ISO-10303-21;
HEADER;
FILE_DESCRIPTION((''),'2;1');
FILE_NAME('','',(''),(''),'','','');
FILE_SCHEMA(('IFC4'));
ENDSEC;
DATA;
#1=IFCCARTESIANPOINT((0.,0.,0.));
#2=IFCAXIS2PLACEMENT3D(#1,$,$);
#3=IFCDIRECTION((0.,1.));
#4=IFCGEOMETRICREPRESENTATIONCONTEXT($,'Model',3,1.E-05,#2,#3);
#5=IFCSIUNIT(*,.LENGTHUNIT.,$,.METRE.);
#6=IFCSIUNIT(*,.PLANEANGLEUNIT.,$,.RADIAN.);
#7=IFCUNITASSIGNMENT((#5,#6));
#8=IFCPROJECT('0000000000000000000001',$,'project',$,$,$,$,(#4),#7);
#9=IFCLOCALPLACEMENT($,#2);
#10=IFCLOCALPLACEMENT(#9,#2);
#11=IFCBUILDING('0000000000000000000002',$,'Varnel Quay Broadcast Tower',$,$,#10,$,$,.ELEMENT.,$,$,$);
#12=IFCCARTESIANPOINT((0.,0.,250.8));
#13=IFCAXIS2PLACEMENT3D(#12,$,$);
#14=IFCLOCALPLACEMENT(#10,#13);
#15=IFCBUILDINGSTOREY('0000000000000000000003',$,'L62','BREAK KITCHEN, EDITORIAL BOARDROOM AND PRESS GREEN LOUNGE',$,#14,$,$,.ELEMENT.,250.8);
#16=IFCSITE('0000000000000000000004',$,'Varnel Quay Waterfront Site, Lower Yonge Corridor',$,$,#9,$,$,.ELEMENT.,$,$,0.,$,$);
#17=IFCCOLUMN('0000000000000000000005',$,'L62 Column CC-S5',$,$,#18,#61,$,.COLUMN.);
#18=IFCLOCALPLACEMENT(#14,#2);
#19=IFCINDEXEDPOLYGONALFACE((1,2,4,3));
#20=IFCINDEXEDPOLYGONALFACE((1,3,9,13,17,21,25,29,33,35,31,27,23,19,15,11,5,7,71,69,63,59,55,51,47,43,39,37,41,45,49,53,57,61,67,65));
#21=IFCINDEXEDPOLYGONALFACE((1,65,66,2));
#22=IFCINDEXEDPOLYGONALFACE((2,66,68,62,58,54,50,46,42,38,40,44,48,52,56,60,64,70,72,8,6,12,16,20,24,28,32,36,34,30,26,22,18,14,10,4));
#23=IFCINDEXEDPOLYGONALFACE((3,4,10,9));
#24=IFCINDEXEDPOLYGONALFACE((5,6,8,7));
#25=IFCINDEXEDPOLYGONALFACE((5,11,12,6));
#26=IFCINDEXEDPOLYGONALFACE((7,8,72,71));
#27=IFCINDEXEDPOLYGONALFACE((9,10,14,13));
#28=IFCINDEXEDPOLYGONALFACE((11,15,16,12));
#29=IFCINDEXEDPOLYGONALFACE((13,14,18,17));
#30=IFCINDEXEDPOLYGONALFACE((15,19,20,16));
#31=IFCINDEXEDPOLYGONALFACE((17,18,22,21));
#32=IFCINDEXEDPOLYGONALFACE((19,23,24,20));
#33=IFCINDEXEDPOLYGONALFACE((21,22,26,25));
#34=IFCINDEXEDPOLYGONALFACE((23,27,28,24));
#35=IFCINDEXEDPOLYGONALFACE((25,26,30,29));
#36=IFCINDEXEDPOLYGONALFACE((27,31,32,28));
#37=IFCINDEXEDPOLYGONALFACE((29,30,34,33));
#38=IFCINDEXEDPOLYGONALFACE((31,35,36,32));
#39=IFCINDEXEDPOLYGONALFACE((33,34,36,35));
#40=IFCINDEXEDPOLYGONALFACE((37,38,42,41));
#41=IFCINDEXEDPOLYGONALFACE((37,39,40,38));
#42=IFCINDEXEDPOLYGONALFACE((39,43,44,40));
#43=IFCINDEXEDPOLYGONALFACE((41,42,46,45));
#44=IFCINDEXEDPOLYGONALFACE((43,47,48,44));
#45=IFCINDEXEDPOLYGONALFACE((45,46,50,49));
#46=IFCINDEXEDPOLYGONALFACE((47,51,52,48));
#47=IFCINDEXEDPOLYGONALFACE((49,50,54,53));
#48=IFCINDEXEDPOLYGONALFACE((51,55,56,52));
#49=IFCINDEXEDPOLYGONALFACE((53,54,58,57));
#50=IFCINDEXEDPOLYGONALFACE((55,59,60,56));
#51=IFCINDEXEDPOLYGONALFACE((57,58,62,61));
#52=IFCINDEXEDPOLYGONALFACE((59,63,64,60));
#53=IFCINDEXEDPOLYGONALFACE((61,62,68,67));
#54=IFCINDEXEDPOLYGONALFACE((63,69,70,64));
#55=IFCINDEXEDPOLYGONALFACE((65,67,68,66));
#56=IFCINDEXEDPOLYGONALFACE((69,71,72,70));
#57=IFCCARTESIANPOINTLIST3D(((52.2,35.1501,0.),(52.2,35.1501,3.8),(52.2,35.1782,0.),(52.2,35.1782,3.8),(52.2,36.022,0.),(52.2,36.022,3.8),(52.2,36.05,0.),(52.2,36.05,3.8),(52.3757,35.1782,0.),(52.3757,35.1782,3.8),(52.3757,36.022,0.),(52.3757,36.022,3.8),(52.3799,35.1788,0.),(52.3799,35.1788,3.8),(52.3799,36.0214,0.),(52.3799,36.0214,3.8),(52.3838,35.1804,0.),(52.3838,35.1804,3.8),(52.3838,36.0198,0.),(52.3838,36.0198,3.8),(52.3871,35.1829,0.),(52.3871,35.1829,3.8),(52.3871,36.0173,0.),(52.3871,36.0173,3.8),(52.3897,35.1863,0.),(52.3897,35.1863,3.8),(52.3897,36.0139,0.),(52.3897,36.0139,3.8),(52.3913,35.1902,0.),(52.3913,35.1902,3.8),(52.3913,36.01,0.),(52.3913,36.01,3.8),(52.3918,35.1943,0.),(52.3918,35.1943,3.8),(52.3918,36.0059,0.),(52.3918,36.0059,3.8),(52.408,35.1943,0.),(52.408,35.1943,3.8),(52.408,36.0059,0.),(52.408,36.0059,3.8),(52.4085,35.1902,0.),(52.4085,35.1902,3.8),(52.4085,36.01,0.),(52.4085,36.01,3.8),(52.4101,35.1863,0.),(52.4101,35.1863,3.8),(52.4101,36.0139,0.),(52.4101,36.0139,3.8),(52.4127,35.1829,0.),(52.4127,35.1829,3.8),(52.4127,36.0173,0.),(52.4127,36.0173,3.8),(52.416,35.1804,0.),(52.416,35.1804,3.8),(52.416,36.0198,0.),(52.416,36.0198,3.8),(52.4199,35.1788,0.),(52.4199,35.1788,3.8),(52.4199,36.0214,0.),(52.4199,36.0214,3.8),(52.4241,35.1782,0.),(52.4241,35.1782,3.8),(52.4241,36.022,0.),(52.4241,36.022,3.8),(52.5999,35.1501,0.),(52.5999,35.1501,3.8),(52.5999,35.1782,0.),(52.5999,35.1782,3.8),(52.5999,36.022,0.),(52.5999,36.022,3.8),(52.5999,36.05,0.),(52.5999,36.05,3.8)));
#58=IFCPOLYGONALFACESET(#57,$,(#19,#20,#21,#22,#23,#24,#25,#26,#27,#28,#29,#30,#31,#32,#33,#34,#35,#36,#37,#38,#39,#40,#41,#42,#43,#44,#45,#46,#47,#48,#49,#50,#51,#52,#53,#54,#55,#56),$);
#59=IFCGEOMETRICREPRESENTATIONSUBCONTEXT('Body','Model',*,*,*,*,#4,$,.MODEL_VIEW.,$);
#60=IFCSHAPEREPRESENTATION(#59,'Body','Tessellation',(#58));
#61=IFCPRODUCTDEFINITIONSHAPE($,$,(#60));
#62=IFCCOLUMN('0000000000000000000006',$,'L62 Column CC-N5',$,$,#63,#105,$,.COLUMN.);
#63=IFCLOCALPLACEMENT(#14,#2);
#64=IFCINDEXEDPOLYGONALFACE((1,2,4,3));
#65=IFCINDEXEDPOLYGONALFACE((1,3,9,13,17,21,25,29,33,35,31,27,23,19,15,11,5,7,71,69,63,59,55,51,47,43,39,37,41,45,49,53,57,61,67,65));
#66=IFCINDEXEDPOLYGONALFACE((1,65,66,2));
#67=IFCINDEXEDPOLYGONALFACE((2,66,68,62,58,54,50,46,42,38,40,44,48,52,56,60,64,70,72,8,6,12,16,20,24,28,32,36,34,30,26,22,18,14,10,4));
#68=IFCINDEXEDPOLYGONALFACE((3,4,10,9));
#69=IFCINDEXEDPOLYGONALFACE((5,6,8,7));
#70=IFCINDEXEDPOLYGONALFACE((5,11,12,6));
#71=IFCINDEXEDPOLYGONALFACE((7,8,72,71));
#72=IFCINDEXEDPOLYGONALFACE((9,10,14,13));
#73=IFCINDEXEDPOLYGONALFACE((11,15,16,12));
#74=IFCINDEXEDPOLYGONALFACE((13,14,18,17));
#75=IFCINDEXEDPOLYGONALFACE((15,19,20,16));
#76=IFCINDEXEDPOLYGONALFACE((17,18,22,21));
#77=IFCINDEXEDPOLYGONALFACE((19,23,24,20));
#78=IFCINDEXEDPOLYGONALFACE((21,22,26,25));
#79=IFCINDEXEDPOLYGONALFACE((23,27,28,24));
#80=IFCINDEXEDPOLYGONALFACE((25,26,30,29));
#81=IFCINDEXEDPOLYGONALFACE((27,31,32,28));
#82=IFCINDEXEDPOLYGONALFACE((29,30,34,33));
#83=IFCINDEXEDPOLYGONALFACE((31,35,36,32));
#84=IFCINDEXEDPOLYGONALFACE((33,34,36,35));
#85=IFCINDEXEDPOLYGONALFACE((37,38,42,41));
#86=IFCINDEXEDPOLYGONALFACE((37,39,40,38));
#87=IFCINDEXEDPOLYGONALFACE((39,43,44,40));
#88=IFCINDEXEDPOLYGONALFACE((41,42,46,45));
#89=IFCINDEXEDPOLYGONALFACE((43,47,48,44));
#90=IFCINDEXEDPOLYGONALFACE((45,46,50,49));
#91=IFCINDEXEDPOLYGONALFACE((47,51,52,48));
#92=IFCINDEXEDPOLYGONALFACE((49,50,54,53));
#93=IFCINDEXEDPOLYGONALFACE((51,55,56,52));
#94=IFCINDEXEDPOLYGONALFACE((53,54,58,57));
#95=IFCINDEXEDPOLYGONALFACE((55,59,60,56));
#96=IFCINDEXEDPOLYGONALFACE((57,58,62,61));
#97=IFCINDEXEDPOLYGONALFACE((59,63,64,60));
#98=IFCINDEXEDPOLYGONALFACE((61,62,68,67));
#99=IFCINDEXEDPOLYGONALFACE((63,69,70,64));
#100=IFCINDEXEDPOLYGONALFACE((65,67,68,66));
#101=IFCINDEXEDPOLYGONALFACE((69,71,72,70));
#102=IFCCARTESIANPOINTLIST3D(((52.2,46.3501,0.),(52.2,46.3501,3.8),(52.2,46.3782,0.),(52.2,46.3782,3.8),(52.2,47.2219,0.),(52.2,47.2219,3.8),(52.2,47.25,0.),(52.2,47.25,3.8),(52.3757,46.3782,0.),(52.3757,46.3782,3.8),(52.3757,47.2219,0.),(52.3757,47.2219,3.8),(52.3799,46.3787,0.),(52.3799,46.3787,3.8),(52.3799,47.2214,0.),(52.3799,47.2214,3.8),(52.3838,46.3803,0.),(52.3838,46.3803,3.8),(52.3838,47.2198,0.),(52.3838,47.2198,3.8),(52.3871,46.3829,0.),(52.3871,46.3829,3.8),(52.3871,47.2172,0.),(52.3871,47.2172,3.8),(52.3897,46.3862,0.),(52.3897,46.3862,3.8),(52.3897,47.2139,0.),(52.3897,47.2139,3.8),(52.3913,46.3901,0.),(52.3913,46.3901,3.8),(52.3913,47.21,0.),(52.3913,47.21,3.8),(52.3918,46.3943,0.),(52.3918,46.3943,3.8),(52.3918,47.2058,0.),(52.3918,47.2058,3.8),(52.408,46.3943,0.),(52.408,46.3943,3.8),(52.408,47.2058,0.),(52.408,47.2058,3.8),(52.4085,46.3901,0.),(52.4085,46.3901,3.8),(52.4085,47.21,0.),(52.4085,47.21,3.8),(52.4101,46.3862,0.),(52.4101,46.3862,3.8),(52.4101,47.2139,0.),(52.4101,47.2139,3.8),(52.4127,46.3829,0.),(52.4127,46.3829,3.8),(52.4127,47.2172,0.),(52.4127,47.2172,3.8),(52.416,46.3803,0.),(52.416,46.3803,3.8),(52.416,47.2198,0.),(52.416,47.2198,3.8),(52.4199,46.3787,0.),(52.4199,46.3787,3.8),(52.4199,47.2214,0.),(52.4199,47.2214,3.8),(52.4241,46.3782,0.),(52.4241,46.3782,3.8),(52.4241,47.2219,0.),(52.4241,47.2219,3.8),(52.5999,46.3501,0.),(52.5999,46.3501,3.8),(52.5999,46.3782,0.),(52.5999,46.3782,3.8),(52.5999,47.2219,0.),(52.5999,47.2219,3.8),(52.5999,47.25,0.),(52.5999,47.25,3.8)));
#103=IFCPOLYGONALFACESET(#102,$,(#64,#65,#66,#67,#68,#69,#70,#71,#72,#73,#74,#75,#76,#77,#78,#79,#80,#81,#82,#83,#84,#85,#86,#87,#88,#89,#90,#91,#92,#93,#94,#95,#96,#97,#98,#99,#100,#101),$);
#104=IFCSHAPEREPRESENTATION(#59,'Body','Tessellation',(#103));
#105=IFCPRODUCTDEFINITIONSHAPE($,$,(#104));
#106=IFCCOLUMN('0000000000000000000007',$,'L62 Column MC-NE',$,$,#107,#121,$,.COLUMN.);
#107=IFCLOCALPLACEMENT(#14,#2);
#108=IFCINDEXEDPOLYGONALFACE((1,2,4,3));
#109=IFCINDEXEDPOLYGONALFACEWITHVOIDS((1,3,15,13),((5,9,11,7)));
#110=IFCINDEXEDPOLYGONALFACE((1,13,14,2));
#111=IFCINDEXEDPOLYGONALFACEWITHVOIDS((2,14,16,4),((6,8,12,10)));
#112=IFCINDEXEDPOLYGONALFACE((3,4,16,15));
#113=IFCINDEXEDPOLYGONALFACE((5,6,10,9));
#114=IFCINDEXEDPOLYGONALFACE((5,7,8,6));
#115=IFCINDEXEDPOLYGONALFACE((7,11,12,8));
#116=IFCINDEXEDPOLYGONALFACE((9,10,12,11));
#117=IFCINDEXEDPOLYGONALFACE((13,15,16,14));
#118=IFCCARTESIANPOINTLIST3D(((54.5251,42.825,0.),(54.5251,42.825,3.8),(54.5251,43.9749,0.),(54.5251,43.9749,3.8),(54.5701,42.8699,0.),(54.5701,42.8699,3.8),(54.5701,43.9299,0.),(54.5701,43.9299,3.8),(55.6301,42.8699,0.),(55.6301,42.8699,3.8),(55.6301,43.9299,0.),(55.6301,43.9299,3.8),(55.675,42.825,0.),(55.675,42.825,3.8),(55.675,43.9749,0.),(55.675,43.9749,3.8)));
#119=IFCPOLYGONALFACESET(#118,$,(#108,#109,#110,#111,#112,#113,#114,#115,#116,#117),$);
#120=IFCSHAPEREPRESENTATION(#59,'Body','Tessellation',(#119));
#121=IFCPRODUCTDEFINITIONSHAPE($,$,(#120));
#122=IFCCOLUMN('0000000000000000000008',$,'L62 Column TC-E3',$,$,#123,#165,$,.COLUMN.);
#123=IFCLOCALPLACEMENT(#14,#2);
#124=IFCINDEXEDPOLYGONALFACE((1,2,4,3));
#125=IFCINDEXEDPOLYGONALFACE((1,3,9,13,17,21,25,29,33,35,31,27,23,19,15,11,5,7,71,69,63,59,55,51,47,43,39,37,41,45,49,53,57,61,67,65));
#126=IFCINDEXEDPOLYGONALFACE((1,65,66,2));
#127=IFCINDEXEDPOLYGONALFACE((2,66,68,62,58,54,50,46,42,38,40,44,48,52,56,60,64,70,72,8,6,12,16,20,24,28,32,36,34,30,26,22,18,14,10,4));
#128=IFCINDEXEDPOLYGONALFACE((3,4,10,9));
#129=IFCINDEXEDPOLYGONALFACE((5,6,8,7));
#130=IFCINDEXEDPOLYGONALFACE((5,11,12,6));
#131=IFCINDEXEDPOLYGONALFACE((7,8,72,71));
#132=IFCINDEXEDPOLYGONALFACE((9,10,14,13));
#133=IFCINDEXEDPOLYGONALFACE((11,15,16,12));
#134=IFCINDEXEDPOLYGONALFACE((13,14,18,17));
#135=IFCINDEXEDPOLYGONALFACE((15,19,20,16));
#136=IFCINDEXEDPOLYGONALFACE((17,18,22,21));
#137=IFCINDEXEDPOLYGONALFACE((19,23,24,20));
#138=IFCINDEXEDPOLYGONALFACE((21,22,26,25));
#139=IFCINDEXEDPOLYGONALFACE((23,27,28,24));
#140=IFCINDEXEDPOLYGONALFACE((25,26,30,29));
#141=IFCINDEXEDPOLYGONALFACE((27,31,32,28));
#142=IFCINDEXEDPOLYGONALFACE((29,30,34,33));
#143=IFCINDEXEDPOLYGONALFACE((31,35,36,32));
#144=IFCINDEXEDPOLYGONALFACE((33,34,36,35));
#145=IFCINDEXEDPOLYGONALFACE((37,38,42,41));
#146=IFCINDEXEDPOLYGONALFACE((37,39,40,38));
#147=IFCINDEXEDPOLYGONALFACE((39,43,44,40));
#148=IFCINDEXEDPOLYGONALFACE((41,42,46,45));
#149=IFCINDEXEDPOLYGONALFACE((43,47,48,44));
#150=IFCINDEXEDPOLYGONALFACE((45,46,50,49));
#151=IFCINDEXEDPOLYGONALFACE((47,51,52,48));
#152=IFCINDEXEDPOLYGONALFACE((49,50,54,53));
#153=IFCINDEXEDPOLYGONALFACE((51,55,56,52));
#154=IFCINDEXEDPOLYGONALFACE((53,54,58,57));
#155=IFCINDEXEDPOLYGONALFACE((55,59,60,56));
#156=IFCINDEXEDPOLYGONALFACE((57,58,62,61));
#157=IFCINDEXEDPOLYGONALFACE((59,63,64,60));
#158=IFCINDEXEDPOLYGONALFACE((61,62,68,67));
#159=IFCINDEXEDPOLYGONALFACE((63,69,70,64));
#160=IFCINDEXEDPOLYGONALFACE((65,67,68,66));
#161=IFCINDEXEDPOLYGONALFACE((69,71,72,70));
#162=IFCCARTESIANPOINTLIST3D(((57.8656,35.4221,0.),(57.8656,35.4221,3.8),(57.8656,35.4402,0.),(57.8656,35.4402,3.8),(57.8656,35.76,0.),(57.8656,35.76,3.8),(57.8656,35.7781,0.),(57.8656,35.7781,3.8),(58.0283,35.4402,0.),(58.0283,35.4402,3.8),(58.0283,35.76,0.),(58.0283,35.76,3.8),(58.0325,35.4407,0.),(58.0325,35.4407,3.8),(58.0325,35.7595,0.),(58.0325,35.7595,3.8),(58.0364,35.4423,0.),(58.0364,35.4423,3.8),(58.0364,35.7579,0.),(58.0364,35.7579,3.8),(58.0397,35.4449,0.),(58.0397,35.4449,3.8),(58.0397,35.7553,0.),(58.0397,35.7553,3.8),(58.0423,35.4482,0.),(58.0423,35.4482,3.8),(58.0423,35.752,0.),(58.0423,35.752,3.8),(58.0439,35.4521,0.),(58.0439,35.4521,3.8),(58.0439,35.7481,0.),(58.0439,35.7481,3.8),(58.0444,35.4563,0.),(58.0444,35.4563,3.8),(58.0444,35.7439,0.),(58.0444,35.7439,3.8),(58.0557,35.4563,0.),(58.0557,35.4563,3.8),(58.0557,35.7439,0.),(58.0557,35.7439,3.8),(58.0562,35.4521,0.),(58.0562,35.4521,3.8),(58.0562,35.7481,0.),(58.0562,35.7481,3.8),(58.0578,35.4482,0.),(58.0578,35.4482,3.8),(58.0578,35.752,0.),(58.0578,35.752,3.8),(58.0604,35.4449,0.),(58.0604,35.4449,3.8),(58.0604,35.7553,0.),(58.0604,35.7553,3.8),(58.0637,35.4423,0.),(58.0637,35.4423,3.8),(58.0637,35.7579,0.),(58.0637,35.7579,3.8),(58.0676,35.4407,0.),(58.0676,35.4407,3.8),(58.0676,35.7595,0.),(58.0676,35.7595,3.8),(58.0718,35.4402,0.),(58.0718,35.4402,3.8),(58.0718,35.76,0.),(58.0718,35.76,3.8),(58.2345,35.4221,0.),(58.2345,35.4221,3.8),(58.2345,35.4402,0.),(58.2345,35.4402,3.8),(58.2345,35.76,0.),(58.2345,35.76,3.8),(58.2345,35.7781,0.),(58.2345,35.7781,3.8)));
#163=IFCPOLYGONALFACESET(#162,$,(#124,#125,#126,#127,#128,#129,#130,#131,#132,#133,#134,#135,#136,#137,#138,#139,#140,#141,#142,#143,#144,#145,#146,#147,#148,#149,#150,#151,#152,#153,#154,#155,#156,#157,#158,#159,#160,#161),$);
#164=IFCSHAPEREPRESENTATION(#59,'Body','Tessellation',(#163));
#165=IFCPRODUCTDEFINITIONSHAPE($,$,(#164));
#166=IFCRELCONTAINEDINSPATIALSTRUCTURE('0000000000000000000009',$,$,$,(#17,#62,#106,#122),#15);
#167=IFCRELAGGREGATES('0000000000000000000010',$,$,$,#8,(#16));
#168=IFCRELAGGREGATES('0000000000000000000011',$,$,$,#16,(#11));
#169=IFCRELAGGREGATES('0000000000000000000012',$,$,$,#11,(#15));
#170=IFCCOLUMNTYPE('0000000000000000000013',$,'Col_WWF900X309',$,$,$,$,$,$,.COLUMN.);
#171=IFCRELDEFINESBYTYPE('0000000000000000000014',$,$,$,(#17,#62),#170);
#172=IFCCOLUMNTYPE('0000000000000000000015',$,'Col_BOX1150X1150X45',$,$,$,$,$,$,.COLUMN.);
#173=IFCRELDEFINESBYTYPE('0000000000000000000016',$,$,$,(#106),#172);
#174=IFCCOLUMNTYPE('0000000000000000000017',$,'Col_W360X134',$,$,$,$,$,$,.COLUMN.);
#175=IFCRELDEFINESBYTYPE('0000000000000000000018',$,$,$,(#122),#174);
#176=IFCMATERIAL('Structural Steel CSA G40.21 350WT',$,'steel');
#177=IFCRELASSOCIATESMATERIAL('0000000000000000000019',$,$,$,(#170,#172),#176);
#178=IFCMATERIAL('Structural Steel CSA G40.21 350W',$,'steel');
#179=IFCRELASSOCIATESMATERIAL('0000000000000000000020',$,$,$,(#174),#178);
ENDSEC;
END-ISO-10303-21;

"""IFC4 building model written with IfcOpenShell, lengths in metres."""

from ifc_helpers import new_model, si_unit, direction, frame, origin, origin_2d, place, context, subcontext, project, spatial, hollow_rectangle, i_section, extrude, source, transform, mapped, material, material_profile, profile_set, type_object, type_shapes, element, save


model = new_model("IFC4")

# Units and contexts
model_context = context("Model", 3, precision=1e-05, world=origin(), true_north=direction((0.0, 1.0)))
body_context = subcontext(model_context, "Body", "Model", "MODEL_VIEW")
ifc_project = project(units=[si_unit("LENGTHUNIT", "METRE"), si_unit("PLANEANGLEUNIT", "RADIAN")], contexts=[model_context])

# Site, building, storey
site_placement = place(None, origin())
site = spatial("IfcSite", under=ifc_project, at=site_placement, Name="Varnel Quay Waterfront Site, Lower Yonge Corridor", CompositionType="ELEMENT", RefElevation=0.0)
building_placement = place(site_placement, origin())
building = spatial("IfcBuilding", under=site, at=building_placement, Name="Varnel Quay Broadcast Tower", CompositionType="ELEMENT")
storey_placement = place(building_placement, frame((0.0, 0.0, 250.8)))
storey = spatial("IfcBuildingStorey", under=building, at=storey_placement, Name="L62", Description="BREAK KITCHEN, EDITORIAL BOARDROOM AND PRESS GREEN LOUNGE", CompositionType="ELEMENT", Elevation=250.8)

# Columns
ifc_material_1 = material(Name="Structural Steel CSA G40.21 350WT", Category="steel")
ifc_material_profile_1 = material_profile(ifc_material_1, i_section(OverallWidth=0.3999, OverallDepth=0.8999, WebThickness=0.0161, FlangeThickness=0.0281, FilletRadius=0.0161, at=origin_2d()), Name="WWF900X309")
ifc_profile_set_1 = profile_set([ifc_material_profile_1], Name="Structural Steel CSA G40.21 350WT")
column_type_1 = type_object("IfcColumnType", Name="Col_WWF900X309", PredefinedType="COLUMN", material=ifc_profile_set_1)
shared_shape_1 = source(origin(), body_context, "Body", "SweptSolid", [
    extrude(i_section(OverallWidth=0.3999, OverallDepth=0.8999, WebThickness=0.0161, FlangeThickness=0.0281, FilletRadius=0.0161, at=origin_2d()), origin(), (0.0, 0.0, 1.0), 3.8),
])
type_shapes(column_type_1, [shared_shape_1])
for number, where, z_axis, x_axis, name in (
    (1, (52.3999, 35.6001, 0.0), (0.0, 0.0, 1.0), (1.0, 0.0, 0.0), "L62 Column CC-S5"),
    (2, (52.3999, 46.8, 0.0), (0.0, 0.0, 1.0), (1.0, 0.0, 0.0), "L62 Column CC-N5"),
):
    element("IfcColumn", number, at=place(storey_placement, frame(where, z_axis=z_axis, x_axis=x_axis)), inside=storey, type_object=column_type_1, Name=name, PredefinedType="COLUMN", context=body_context, shape_type="MappedRepresentation", body=[
        mapped(shared_shape_1, transform((0.0, 0.0, 0.0), x_axis=(1.0, 0.0, 0.0), y_axis=(0.0, 1.0, 0.0), z_axis=(0.0, 0.0, 1.0), scale=1.0)),
    ])
ifc_material_profile_2 = material_profile(ifc_material_1, hollow_rectangle(XDim=1.1499, YDim=1.1499, WallThickness=0.0449, at=origin_2d()), Name="BOX1150X1150X45")
ifc_profile_set_2 = profile_set([ifc_material_profile_2], Name="Structural Steel CSA G40.21 350WT")
column_type_2 = type_object("IfcColumnType", Name="Col_BOX1150X1150X45", PredefinedType="COLUMN", material=ifc_profile_set_2)
shared_shape_2 = source(origin(), body_context, "Body", "SweptSolid", [
    extrude(hollow_rectangle(XDim=1.1499, YDim=1.1499, WallThickness=0.0449, at=origin_2d()), origin(), (0.0, 0.0, 1.0), 3.8),
])
type_shapes(column_type_2, [shared_shape_2])
column_1_placement = place(storey_placement, frame((55.1001, 43.3999, 0.0), z_axis=(0.0, 0.0, 1.0), x_axis=(1.0, 0.0, 0.0)))
element("IfcColumn", 3, at=column_1_placement, inside=storey, type_object=column_type_2, Name="L62 Column MC-NE", PredefinedType="COLUMN", context=body_context, shape_type="MappedRepresentation", body=[
    mapped(shared_shape_2, transform((0.0, 0.0, 0.0), x_axis=(1.0, 0.0, 0.0), y_axis=(0.0, 1.0, 0.0), z_axis=(0.0, 0.0, 1.0), scale=1.0)),
])
ifc_material_2 = material(Name="Structural Steel CSA G40.21 350W", Category="steel")
ifc_material_profile_3 = material_profile(ifc_material_2, i_section(OverallWidth=0.3689, OverallDepth=0.356, WebThickness=0.0112, FlangeThickness=0.0181, FilletRadius=0.0161, at=origin_2d()), Name="W360X134")
ifc_profile_set_3 = profile_set([ifc_material_profile_3], Name="Structural Steel CSA G40.21 350W")
column_type_3 = type_object("IfcColumnType", Name="Col_W360X134", PredefinedType="COLUMN", material=ifc_profile_set_3)
shared_shape_3 = source(origin(), body_context, "Body", "SweptSolid", [
    extrude(i_section(OverallWidth=0.3689, OverallDepth=0.356, WebThickness=0.0112, FlangeThickness=0.0181, FilletRadius=0.0161, at=origin_2d()), origin(), (0.0, 0.0, 1.0), 3.8),
])
type_shapes(column_type_3, [shared_shape_3])
column_2_placement = place(storey_placement, frame((58.05, 35.6001, 0.0), z_axis=(0.0, 0.0, 1.0), x_axis=(1.0, 0.0, 0.0)))
element("IfcColumn", 4, at=column_2_placement, inside=storey, type_object=column_type_3, Name="L62 Column TC-E3", PredefinedType="COLUMN", context=body_context, shape_type="MappedRepresentation", body=[
    mapped(shared_shape_3, transform((0.0, 0.0, 0.0), x_axis=(1.0, 0.0, 0.0), y_axis=(0.0, 1.0, 0.0), z_axis=(0.0, 0.0, 1.0), scale=1.0)),
])

save(model, "model.ifc")
